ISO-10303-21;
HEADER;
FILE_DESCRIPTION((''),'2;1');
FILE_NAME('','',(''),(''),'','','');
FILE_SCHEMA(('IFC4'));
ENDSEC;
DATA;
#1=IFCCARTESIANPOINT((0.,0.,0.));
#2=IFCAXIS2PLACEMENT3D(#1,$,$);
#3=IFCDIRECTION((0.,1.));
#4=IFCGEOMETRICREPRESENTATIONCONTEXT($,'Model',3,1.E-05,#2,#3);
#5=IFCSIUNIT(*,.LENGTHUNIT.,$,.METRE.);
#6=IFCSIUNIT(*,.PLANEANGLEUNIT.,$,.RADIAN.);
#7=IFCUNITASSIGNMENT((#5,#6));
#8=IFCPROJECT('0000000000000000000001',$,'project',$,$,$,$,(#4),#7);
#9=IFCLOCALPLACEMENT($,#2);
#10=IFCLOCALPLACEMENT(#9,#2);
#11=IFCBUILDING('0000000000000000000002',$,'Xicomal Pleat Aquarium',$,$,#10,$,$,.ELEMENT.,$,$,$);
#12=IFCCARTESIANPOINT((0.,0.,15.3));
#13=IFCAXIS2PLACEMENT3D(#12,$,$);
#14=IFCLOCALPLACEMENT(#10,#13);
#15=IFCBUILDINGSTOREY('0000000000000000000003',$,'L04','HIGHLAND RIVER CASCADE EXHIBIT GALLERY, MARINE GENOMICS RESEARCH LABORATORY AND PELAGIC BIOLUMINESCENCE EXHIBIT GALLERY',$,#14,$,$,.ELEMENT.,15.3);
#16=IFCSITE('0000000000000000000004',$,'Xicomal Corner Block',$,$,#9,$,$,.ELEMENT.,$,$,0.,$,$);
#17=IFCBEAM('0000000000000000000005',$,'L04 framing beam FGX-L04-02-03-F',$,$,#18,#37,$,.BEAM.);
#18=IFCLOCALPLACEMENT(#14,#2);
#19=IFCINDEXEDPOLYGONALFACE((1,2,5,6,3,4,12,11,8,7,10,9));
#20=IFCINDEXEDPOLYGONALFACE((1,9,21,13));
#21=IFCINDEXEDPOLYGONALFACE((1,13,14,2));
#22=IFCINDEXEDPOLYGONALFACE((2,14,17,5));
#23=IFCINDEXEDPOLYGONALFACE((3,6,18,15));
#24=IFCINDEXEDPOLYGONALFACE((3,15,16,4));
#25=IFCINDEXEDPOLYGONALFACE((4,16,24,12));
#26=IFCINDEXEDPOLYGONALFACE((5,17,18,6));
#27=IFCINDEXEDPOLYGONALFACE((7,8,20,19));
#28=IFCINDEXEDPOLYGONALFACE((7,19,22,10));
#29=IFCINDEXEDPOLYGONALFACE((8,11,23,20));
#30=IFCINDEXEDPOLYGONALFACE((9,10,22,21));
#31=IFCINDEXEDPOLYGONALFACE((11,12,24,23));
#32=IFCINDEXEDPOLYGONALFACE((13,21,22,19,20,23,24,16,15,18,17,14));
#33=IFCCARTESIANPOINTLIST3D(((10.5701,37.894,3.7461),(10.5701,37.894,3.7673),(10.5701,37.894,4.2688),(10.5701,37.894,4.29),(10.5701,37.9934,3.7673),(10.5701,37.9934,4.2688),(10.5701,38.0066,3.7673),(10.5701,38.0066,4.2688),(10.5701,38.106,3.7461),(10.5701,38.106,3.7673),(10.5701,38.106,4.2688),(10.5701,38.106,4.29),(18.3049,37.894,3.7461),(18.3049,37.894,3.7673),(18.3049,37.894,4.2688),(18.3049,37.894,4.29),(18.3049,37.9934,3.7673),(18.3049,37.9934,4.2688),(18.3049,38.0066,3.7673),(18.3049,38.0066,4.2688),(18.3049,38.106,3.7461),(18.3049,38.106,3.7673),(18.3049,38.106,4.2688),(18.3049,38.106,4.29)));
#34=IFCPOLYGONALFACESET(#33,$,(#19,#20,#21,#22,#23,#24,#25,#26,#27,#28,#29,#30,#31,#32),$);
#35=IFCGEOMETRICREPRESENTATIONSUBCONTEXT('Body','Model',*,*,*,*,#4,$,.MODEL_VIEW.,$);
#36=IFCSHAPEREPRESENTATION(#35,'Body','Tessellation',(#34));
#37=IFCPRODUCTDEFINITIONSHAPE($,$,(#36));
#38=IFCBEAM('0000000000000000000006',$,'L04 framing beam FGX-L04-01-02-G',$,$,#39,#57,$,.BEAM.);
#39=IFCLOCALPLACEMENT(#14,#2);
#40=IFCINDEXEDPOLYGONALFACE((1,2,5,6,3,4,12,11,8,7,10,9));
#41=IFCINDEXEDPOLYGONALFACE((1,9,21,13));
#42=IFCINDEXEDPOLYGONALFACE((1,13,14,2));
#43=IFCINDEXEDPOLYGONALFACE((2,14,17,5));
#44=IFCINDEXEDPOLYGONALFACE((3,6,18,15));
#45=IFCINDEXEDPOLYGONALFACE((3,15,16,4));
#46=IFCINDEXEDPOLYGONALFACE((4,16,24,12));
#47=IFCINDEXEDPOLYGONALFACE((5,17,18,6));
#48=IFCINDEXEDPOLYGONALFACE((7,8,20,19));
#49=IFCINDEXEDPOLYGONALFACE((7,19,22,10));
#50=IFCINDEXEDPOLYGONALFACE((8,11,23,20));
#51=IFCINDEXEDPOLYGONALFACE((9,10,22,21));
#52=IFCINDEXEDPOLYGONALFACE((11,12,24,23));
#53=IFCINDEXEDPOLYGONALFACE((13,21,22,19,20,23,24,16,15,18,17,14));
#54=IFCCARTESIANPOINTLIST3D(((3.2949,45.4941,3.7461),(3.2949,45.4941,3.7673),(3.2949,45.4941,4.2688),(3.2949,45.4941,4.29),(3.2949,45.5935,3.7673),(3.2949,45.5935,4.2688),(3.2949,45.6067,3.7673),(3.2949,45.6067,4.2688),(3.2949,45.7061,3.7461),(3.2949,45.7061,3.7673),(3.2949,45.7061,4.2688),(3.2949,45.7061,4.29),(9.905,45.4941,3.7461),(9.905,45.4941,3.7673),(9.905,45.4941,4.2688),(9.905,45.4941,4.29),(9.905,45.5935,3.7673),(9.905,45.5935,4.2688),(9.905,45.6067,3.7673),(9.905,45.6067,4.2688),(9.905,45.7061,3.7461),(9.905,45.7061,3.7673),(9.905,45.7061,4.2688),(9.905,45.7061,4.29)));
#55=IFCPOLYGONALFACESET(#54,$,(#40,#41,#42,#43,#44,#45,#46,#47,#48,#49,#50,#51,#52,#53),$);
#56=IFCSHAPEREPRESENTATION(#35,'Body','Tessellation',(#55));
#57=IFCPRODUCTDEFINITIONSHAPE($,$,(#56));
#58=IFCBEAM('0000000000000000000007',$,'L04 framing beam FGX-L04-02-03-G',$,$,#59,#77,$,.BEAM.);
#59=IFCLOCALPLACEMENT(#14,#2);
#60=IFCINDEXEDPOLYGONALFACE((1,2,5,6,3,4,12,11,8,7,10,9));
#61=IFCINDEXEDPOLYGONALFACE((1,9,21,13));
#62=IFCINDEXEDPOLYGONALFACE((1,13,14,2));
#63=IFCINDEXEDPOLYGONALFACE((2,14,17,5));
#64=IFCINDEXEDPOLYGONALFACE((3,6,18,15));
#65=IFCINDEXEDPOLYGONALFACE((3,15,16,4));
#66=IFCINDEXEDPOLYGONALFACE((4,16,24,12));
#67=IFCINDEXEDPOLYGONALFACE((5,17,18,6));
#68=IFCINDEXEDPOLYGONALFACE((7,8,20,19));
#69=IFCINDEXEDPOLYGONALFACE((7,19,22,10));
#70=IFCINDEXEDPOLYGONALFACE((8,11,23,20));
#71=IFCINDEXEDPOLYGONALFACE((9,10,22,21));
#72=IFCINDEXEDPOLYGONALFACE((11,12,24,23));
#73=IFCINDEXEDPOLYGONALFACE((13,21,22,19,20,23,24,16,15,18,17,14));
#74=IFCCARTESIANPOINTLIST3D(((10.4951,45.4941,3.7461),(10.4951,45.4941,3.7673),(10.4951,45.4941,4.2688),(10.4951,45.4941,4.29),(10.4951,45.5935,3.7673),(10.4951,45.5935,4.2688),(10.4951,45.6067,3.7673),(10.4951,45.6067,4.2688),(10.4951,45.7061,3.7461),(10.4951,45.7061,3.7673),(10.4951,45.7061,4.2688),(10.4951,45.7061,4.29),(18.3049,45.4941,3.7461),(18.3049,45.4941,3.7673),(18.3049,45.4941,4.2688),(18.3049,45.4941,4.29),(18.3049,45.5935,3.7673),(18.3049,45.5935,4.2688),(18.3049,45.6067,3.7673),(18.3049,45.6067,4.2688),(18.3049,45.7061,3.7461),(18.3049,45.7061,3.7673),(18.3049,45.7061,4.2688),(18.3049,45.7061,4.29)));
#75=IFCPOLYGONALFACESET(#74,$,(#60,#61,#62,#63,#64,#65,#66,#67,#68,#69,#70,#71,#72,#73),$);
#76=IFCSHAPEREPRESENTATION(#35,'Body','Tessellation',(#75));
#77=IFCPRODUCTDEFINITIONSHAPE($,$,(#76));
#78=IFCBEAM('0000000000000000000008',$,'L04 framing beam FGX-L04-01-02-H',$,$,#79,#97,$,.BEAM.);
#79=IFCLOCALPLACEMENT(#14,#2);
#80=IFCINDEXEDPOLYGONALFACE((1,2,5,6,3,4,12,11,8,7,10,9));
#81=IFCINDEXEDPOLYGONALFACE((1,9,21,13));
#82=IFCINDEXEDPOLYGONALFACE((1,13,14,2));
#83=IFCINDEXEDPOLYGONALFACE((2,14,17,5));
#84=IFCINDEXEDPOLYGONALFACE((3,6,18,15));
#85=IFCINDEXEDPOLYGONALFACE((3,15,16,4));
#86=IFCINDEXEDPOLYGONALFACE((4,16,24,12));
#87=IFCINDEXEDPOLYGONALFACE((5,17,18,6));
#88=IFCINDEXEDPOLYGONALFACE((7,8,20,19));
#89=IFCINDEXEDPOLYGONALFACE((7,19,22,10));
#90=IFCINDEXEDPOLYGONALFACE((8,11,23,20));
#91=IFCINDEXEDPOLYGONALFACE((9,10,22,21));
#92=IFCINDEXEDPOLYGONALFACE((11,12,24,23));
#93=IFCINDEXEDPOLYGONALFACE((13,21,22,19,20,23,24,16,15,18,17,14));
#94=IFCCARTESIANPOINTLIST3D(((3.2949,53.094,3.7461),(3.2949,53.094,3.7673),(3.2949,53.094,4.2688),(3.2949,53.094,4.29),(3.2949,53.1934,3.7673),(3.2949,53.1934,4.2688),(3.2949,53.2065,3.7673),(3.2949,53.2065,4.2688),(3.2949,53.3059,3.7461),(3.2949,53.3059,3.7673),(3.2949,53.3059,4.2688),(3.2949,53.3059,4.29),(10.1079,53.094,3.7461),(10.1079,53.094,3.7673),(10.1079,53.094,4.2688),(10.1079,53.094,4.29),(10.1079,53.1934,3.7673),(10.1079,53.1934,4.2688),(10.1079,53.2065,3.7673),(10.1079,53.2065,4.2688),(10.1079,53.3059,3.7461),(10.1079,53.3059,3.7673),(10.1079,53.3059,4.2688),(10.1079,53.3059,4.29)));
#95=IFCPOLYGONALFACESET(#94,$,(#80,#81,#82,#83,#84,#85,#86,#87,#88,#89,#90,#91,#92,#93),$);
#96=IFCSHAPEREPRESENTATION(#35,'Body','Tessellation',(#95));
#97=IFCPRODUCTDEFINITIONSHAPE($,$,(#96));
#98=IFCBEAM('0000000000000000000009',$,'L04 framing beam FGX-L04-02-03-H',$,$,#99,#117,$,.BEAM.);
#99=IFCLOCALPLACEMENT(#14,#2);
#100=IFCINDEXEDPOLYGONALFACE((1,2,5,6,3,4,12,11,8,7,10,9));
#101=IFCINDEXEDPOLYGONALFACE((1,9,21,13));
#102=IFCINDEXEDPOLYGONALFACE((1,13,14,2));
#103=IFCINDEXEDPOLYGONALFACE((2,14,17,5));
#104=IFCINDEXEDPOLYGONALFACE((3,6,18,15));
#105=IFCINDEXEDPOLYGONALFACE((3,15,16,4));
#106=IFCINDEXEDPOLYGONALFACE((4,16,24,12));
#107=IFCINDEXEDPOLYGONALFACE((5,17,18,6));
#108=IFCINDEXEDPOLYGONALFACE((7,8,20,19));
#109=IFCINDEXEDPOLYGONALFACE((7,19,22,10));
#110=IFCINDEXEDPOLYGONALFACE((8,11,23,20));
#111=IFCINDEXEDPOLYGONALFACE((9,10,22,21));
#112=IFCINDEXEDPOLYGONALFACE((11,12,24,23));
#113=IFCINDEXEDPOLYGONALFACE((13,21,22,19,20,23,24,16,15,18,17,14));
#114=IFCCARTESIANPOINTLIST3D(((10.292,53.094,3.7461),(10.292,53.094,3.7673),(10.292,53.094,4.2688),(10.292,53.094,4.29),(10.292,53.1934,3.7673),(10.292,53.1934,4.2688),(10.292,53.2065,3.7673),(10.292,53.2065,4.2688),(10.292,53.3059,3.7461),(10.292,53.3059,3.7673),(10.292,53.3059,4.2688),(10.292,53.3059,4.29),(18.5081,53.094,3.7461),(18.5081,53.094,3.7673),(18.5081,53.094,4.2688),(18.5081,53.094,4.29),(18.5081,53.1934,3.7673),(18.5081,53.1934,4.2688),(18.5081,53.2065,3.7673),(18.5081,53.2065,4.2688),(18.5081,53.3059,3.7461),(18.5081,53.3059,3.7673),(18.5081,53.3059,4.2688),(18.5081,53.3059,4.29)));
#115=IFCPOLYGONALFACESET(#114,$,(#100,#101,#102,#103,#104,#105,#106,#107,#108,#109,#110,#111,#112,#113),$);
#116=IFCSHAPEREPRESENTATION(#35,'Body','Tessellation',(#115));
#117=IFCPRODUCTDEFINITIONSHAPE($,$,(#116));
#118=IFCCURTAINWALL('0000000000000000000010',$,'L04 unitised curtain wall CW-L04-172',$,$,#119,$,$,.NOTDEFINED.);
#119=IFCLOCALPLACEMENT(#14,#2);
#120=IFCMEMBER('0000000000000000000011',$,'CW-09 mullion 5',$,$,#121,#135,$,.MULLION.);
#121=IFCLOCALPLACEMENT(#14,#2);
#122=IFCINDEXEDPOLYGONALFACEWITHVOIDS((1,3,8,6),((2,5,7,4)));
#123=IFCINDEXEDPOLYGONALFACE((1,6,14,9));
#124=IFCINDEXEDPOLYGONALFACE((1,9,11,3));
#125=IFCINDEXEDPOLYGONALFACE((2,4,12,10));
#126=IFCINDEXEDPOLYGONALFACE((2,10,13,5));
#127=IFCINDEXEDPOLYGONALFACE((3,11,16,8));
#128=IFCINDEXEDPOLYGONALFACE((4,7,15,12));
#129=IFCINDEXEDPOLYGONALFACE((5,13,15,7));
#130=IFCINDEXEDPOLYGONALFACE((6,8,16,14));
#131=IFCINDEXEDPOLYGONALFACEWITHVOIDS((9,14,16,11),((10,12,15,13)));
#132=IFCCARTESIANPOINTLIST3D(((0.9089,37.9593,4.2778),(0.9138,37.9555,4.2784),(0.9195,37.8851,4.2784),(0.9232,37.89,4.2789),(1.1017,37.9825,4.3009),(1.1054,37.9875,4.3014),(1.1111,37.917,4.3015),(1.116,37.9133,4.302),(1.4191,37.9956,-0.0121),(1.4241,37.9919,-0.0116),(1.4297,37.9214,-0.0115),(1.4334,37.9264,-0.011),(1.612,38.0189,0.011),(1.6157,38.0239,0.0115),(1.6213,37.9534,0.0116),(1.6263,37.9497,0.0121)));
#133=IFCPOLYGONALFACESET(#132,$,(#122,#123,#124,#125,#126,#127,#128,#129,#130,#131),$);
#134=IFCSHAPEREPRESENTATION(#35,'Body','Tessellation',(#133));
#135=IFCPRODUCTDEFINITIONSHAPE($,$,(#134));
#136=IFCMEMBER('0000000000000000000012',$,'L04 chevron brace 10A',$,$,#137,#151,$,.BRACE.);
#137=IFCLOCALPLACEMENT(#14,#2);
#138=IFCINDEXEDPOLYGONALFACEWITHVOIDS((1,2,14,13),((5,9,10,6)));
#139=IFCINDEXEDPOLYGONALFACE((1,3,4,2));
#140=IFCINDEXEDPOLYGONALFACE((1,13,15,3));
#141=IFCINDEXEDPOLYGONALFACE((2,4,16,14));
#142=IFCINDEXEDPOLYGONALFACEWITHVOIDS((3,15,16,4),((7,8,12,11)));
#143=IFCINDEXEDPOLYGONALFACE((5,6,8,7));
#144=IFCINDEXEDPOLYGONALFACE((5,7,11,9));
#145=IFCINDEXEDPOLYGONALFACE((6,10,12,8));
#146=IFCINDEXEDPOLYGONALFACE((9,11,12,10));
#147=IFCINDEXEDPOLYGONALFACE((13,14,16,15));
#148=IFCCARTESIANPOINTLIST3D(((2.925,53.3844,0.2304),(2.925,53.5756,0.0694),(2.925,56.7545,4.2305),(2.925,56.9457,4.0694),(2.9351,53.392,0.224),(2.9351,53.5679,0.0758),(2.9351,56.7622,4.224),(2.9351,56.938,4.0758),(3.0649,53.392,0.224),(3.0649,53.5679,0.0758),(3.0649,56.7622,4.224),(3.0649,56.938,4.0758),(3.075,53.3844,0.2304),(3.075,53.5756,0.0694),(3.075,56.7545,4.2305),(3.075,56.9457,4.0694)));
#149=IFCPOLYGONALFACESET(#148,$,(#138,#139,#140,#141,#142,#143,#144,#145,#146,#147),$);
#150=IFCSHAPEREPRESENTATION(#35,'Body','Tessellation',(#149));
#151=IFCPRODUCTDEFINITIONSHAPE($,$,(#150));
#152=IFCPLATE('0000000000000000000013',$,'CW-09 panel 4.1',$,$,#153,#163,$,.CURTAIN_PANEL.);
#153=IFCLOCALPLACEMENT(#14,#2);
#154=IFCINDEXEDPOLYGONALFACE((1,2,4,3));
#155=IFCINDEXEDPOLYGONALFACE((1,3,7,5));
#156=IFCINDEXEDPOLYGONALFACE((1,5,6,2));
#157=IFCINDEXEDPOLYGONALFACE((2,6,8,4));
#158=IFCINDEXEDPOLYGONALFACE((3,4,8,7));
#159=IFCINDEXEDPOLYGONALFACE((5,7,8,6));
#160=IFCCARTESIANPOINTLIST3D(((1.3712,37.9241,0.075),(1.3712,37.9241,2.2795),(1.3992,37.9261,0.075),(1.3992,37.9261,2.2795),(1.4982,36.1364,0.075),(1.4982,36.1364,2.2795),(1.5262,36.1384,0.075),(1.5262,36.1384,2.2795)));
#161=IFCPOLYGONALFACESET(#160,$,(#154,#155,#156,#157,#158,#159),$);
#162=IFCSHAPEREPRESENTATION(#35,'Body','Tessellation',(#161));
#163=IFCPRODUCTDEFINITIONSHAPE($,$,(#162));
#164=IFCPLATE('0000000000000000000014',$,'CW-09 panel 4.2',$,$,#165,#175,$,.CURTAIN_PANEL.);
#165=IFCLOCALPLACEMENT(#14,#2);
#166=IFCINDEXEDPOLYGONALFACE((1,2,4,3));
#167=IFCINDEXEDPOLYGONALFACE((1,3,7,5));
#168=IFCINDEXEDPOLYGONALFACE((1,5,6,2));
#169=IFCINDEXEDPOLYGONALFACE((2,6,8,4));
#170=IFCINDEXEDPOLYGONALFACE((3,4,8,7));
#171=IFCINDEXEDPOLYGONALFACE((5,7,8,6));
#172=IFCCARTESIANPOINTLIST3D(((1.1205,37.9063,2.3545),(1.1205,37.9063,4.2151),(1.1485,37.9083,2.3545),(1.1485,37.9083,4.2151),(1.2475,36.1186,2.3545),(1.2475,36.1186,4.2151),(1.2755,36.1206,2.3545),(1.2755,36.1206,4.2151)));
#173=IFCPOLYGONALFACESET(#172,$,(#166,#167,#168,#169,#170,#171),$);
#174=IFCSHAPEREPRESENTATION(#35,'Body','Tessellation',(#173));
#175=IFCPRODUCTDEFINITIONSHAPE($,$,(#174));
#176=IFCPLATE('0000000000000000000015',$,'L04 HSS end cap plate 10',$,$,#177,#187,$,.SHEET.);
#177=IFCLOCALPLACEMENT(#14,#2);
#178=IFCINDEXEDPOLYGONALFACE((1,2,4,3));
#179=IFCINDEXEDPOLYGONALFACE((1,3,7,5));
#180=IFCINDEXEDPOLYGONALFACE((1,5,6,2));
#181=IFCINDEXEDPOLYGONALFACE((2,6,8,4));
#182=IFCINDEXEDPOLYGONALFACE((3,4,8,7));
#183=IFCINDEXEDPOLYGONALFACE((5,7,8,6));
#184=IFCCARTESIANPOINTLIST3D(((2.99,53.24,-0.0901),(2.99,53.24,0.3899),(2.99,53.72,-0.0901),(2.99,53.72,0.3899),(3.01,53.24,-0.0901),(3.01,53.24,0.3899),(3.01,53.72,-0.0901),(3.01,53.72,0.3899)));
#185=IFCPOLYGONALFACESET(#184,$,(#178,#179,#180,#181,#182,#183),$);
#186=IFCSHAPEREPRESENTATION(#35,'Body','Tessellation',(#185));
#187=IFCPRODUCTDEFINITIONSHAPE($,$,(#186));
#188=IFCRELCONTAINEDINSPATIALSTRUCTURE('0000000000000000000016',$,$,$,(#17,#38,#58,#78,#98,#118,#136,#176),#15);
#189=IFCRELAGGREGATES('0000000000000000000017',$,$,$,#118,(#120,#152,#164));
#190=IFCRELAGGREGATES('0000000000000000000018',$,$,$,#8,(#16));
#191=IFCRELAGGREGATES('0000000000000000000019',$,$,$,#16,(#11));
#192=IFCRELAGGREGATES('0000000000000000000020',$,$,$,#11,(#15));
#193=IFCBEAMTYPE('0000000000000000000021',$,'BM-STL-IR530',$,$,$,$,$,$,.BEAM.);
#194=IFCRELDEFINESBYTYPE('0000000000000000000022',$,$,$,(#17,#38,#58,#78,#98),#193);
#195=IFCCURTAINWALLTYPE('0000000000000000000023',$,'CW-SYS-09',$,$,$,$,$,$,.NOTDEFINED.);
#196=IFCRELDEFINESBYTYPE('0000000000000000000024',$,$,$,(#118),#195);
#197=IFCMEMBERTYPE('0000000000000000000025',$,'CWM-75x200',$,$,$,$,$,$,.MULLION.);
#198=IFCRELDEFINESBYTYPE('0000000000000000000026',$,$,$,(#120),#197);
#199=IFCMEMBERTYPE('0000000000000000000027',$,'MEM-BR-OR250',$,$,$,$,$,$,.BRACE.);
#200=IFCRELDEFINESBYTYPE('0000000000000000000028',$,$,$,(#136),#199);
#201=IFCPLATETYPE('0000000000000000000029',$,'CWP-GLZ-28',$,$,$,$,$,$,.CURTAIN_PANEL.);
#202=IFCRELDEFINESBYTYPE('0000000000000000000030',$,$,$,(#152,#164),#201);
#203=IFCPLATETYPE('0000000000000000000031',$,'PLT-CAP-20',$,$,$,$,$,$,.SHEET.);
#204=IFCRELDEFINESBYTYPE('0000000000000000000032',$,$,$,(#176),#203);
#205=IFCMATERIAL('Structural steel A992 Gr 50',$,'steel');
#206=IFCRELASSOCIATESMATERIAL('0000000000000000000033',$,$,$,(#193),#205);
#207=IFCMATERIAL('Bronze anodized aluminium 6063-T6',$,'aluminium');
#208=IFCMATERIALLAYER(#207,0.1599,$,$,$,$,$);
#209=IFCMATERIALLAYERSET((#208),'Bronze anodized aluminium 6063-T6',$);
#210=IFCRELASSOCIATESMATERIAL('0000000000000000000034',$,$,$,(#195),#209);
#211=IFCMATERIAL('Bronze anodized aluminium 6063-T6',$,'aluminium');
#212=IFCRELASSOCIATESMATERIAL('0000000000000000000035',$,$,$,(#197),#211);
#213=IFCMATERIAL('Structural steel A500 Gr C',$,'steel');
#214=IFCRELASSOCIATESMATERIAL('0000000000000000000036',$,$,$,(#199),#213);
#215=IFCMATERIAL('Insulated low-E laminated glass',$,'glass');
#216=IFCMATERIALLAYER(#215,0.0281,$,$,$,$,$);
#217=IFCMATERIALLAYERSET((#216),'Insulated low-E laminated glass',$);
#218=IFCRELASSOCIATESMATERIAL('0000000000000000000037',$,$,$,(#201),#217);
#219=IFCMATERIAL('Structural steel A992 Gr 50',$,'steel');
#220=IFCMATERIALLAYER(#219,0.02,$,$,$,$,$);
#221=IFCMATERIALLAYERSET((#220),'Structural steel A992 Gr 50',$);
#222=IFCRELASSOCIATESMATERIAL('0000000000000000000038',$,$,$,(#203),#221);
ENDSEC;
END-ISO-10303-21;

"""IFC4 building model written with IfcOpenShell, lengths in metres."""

from ifc_helpers import new_model, si_unit, direction, frame, origin, origin_2d, place, context, subcontext, project, spatial, rectangle, hollow_rectangle, i_section, extrude, material, layer, layer_set, material_profile, profile_set, type_object, element, aggregate, save


model = new_model("IFC4")

# Units and contexts
model_context = context("Model", 3, precision=1e-05, world=origin(), true_north=direction((0.0, 1.0)))
body_context = subcontext(model_context, "Body", "Model", "MODEL_VIEW")
ifc_project = project(units=[si_unit("LENGTHUNIT", "METRE"), si_unit("PLANEANGLEUNIT", "RADIAN")], contexts=[model_context])

# Site, building, storey
site_placement = place(None, origin())
site = spatial("IfcSite", under=ifc_project, at=site_placement, Name="Xicomal Corner Block", CompositionType="ELEMENT", RefElevation=0.0)
building_placement = place(site_placement, origin())
building = spatial("IfcBuilding", under=site, at=building_placement, Name="Xicomal Pleat Aquarium", CompositionType="ELEMENT")
storey_placement = place(building_placement, frame((0.0, 0.0, 15.3)))
storey = spatial("IfcBuildingStorey", under=building, at=storey_placement, Name="L04", Description="HIGHLAND RIVER CASCADE EXHIBIT GALLERY, MARINE GENOMICS RESEARCH LABORATORY AND PELAGIC BIOLUMINESCENCE EXHIBIT GALLERY", CompositionType="ELEMENT", Elevation=15.3)

# Beams
ifc_material_1 = material(Name="Structural steel A992 Gr 50", Category="steel")
ifc_material_profile_1 = material_profile(ifc_material_1, i_section(OverallWidth=0.2119, OverallDepth=0.5439, WebThickness=0.0132, FlangeThickness=0.0212, at=origin_2d()), Name="IR 530x123")
ifc_profile_set_1 = profile_set([ifc_material_profile_1], Name="Structural steel A992 Gr 50")
beam_type_1 = type_object("IfcBeamType", Name="BM-STL-IR530", PredefinedType="BEAM", material=ifc_profile_set_1)
beam_1_placement = place(storey_placement, frame((10.5701, 38.0, 4.0181), z_axis=(1.0, 0.0, 0.0), x_axis=(0.0, 1.0, 0.0)))
element("IfcBeam", 1, at=beam_1_placement, inside=storey, type_object=beam_type_1, Name="L04 framing beam FGX-L04-02-03-F", PredefinedType="BEAM", context=body_context, shape_type="SweptSolid", body=[
    extrude(i_section(OverallWidth=0.2119, OverallDepth=0.5439, WebThickness=0.0132, FlangeThickness=0.0212, at=origin_2d()), origin(), (0.0, 0.0, 1.0), 7.7349),
])
beam_2_placement = place(storey_placement, frame((3.2949, 45.6001, 4.0181), z_axis=(1.0, 0.0, 0.0), x_axis=(0.0, 1.0, 0.0)))
element("IfcBeam", 2, at=beam_2_placement, inside=storey, type_object=beam_type_1, Name="L04 framing beam FGX-L04-01-02-G", PredefinedType="BEAM", context=body_context, shape_type="SweptSolid", body=[
    extrude(i_section(OverallWidth=0.2119, OverallDepth=0.5439, WebThickness=0.0132, FlangeThickness=0.0212, at=origin_2d()), origin(), (0.0, 0.0, 1.0), 6.6101),
])
beam_3_placement = place(storey_placement, frame((10.4951, 45.6001, 4.0181), z_axis=(1.0, 0.0, 0.0), x_axis=(0.0, 1.0, 0.0)))
element("IfcBeam", 3, at=beam_3_placement, inside=storey, type_object=beam_type_1, Name="L04 framing beam FGX-L04-02-03-G", PredefinedType="BEAM", context=body_context, shape_type="SweptSolid", body=[
    extrude(i_section(OverallWidth=0.2119, OverallDepth=0.5439, WebThickness=0.0132, FlangeThickness=0.0212, at=origin_2d()), origin(), (0.0, 0.0, 1.0), 7.8098),
])
beam_4_placement = place(storey_placement, frame((3.2949, 53.2, 4.0181), z_axis=(1.0, 0.0, 0.0), x_axis=(0.0, 1.0, 0.0)))
element("IfcBeam", 4, at=beam_4_placement, inside=storey, type_object=beam_type_1, Name="L04 framing beam FGX-L04-01-02-H", PredefinedType="BEAM", context=body_context, shape_type="SweptSolid", body=[
    extrude(i_section(OverallWidth=0.2119, OverallDepth=0.5439, WebThickness=0.0132, FlangeThickness=0.0212, at=origin_2d()), origin(), (0.0, 0.0, 1.0), 6.813),
])
beam_5_placement = place(storey_placement, frame((10.292, 53.2, 4.0181), z_axis=(1.0, 0.0, 0.0), x_axis=(0.0, 1.0, 0.0)))
element("IfcBeam", 5, at=beam_5_placement, inside=storey, type_object=beam_type_1, Name="L04 framing beam FGX-L04-02-03-H", PredefinedType="BEAM", context=body_context, shape_type="SweptSolid", body=[
    extrude(i_section(OverallWidth=0.2119, OverallDepth=0.5439, WebThickness=0.0132, FlangeThickness=0.0212, at=origin_2d()), origin(), (0.0, 0.0, 1.0), 8.2161),
])

# Curtain wall, member
ifc_material_2 = material(Name="Bronze anodized aluminium 6063-T6", Category="aluminium")
ifc_layer_1 = layer(ifc_material_2, 0.1599)
ifc_layer_set_1 = layer_set([ifc_layer_1], Name="Bronze anodized aluminium 6063-T6")
curtain_wall_type = type_object("IfcCurtainWallType", Name="CW-SYS-09", PredefinedType="NOTDEFINED", material=ifc_layer_set_1)
curtain_wall_placement = place(storey_placement, origin())
curtain_wall = element("IfcCurtainWall", 6, at=curtain_wall_placement, inside=storey, type_object=curtain_wall_type, Name="L04 unitised curtain wall CW-L04-172", PredefinedType="NOTDEFINED")
ifc_material_3 = material(Name="Bronze anodized aluminium 6063-T6", Category="aluminium")
ifc_material_profile_2 = material_profile(ifc_material_3, hollow_rectangle(XDim=0.075, YDim=0.2, WallThickness=0.0044, at=origin_2d()), Name="ALU MULL 75x200")
ifc_profile_set_2 = profile_set([ifc_material_profile_2], Name="Bronze anodized aluminium 6063-T6")
member_type_1 = type_object("IfcMemberType", Name="CWM-75x200", PredefinedType="MULLION", material=ifc_profile_set_2)
member_1_placement = place(storey_placement, frame((1.5227, 37.9727, 0.0), z_axis=(-0.118103, -0.00842, 0.992966), x_axis=(-0.14113, 0.989956, -0.008392)))
member_1 = element("IfcMember", 7, at=member_1_placement, type_object=member_type_1, Name="CW-09 mullion 5", PredefinedType="MULLION", context=body_context, shape_type="SweptSolid", body=[
    extrude(hollow_rectangle(XDim=0.075, YDim=0.2, WallThickness=0.0044, at=origin_2d()), origin(), (0.0, 0.0, 1.0), 4.3203),
])

# Member
ifc_material_4 = material(Name="Structural steel A500 Gr C", Category="steel")
ifc_material_profile_3 = material_profile(ifc_material_4, hollow_rectangle(XDim=0.1499, YDim=0.25, WallThickness=0.01, at=origin_2d()), Name="OR 250x150x10")
ifc_profile_set_3 = profile_set([ifc_material_profile_3], Name="Structural steel A500 Gr C")
member_type_2 = type_object("IfcMemberType", Name="MEM-BR-OR250", PredefinedType="BRACE", material=ifc_profile_set_3)
member_2_placement = place(storey_placement, frame((3.0, 53.48, 0.1499), z_axis=(0.0, 0.644325, 0.764751), x_axis=(-1.0, 0.0, 0.0)))
element("IfcMember", 8, at=member_2_placement, inside=storey, type_object=member_type_2, Name="L04 chevron brace 10A", PredefinedType="BRACE", context=body_context, shape_type="SweptSolid", body=[
    extrude(hollow_rectangle(XDim=0.1499, YDim=0.25, WallThickness=0.01, at=origin_2d()), origin(), (0.0, 0.0, 1.0), 5.2305),
])

# Plates
ifc_material_5 = material(Name="Insulated low-E laminated glass", Category="glass")
ifc_layer_2 = layer(ifc_material_5, 0.0281)
ifc_layer_set_2 = layer_set([ifc_layer_2], Name="Insulated low-E laminated glass")
plate_type_1 = type_object("IfcPlateType", Name="CWP-GLZ-28", PredefinedType="CURTAIN_PANEL", material=ifc_layer_set_2)
plate_1_placement = place(storey_placement, frame((1.4487, 37.0312, 0.075), z_axis=(0.0, 0.0, 1.0), x_axis=(-0.070874, 0.997485, 0.0)))
plate_1 = element("IfcPlate", 9, at=plate_1_placement, type_object=plate_type_1, Name="CW-09 panel 4.1", PredefinedType="CURTAIN_PANEL", context=body_context, shape_type="SweptSolid", body=[
    extrude(rectangle(XDim=1.7922, YDim=0.0281, at=origin_2d()), origin(), (0.0, 0.0, 1.0), 2.2046),
])
plate_2_placement = place(storey_placement, frame((1.198, 37.0134, 2.3545), z_axis=(0.0, 0.0, 1.0), x_axis=(-0.070874, 0.997485, 0.0)))
plate_2 = element("IfcPlate", 10, at=plate_2_placement, type_object=plate_type_1, Name="CW-09 panel 4.2", PredefinedType="CURTAIN_PANEL", context=body_context, shape_type="SweptSolid", body=[
    extrude(rectangle(XDim=1.7922, YDim=0.0281, at=origin_2d()), origin(), (0.0, 0.0, 1.0), 1.8606),
])
aggregate(curtain_wall, [member_1, plate_1, plate_2])
ifc_material_6 = material(Name="Structural steel A992 Gr 50", Category="steel")
ifc_layer_3 = layer(ifc_material_6, 0.02)
ifc_layer_set_3 = layer_set([ifc_layer_3], Name="Structural steel A992 Gr 50")
plate_type_2 = type_object("IfcPlateType", Name="PLT-CAP-20", PredefinedType="SHEET", material=ifc_layer_set_3)
plate_3_placement = place(storey_placement, frame((3.0, 53.48, -0.0901), z_axis=(0.0, 0.0, 1.0), x_axis=(0.0, 1.0, 0.0)))
element("IfcPlate", 11, at=plate_3_placement, inside=storey, type_object=plate_type_2, Name="L04 HSS end cap plate 10", PredefinedType="SHEET", context=body_context, shape_type="SweptSolid", body=[
    extrude(rectangle(XDim=0.48, YDim=0.02, at=origin_2d()), origin(), (0.0, 0.0, 1.0), 0.48),
])

save(model, "model.ifc")
